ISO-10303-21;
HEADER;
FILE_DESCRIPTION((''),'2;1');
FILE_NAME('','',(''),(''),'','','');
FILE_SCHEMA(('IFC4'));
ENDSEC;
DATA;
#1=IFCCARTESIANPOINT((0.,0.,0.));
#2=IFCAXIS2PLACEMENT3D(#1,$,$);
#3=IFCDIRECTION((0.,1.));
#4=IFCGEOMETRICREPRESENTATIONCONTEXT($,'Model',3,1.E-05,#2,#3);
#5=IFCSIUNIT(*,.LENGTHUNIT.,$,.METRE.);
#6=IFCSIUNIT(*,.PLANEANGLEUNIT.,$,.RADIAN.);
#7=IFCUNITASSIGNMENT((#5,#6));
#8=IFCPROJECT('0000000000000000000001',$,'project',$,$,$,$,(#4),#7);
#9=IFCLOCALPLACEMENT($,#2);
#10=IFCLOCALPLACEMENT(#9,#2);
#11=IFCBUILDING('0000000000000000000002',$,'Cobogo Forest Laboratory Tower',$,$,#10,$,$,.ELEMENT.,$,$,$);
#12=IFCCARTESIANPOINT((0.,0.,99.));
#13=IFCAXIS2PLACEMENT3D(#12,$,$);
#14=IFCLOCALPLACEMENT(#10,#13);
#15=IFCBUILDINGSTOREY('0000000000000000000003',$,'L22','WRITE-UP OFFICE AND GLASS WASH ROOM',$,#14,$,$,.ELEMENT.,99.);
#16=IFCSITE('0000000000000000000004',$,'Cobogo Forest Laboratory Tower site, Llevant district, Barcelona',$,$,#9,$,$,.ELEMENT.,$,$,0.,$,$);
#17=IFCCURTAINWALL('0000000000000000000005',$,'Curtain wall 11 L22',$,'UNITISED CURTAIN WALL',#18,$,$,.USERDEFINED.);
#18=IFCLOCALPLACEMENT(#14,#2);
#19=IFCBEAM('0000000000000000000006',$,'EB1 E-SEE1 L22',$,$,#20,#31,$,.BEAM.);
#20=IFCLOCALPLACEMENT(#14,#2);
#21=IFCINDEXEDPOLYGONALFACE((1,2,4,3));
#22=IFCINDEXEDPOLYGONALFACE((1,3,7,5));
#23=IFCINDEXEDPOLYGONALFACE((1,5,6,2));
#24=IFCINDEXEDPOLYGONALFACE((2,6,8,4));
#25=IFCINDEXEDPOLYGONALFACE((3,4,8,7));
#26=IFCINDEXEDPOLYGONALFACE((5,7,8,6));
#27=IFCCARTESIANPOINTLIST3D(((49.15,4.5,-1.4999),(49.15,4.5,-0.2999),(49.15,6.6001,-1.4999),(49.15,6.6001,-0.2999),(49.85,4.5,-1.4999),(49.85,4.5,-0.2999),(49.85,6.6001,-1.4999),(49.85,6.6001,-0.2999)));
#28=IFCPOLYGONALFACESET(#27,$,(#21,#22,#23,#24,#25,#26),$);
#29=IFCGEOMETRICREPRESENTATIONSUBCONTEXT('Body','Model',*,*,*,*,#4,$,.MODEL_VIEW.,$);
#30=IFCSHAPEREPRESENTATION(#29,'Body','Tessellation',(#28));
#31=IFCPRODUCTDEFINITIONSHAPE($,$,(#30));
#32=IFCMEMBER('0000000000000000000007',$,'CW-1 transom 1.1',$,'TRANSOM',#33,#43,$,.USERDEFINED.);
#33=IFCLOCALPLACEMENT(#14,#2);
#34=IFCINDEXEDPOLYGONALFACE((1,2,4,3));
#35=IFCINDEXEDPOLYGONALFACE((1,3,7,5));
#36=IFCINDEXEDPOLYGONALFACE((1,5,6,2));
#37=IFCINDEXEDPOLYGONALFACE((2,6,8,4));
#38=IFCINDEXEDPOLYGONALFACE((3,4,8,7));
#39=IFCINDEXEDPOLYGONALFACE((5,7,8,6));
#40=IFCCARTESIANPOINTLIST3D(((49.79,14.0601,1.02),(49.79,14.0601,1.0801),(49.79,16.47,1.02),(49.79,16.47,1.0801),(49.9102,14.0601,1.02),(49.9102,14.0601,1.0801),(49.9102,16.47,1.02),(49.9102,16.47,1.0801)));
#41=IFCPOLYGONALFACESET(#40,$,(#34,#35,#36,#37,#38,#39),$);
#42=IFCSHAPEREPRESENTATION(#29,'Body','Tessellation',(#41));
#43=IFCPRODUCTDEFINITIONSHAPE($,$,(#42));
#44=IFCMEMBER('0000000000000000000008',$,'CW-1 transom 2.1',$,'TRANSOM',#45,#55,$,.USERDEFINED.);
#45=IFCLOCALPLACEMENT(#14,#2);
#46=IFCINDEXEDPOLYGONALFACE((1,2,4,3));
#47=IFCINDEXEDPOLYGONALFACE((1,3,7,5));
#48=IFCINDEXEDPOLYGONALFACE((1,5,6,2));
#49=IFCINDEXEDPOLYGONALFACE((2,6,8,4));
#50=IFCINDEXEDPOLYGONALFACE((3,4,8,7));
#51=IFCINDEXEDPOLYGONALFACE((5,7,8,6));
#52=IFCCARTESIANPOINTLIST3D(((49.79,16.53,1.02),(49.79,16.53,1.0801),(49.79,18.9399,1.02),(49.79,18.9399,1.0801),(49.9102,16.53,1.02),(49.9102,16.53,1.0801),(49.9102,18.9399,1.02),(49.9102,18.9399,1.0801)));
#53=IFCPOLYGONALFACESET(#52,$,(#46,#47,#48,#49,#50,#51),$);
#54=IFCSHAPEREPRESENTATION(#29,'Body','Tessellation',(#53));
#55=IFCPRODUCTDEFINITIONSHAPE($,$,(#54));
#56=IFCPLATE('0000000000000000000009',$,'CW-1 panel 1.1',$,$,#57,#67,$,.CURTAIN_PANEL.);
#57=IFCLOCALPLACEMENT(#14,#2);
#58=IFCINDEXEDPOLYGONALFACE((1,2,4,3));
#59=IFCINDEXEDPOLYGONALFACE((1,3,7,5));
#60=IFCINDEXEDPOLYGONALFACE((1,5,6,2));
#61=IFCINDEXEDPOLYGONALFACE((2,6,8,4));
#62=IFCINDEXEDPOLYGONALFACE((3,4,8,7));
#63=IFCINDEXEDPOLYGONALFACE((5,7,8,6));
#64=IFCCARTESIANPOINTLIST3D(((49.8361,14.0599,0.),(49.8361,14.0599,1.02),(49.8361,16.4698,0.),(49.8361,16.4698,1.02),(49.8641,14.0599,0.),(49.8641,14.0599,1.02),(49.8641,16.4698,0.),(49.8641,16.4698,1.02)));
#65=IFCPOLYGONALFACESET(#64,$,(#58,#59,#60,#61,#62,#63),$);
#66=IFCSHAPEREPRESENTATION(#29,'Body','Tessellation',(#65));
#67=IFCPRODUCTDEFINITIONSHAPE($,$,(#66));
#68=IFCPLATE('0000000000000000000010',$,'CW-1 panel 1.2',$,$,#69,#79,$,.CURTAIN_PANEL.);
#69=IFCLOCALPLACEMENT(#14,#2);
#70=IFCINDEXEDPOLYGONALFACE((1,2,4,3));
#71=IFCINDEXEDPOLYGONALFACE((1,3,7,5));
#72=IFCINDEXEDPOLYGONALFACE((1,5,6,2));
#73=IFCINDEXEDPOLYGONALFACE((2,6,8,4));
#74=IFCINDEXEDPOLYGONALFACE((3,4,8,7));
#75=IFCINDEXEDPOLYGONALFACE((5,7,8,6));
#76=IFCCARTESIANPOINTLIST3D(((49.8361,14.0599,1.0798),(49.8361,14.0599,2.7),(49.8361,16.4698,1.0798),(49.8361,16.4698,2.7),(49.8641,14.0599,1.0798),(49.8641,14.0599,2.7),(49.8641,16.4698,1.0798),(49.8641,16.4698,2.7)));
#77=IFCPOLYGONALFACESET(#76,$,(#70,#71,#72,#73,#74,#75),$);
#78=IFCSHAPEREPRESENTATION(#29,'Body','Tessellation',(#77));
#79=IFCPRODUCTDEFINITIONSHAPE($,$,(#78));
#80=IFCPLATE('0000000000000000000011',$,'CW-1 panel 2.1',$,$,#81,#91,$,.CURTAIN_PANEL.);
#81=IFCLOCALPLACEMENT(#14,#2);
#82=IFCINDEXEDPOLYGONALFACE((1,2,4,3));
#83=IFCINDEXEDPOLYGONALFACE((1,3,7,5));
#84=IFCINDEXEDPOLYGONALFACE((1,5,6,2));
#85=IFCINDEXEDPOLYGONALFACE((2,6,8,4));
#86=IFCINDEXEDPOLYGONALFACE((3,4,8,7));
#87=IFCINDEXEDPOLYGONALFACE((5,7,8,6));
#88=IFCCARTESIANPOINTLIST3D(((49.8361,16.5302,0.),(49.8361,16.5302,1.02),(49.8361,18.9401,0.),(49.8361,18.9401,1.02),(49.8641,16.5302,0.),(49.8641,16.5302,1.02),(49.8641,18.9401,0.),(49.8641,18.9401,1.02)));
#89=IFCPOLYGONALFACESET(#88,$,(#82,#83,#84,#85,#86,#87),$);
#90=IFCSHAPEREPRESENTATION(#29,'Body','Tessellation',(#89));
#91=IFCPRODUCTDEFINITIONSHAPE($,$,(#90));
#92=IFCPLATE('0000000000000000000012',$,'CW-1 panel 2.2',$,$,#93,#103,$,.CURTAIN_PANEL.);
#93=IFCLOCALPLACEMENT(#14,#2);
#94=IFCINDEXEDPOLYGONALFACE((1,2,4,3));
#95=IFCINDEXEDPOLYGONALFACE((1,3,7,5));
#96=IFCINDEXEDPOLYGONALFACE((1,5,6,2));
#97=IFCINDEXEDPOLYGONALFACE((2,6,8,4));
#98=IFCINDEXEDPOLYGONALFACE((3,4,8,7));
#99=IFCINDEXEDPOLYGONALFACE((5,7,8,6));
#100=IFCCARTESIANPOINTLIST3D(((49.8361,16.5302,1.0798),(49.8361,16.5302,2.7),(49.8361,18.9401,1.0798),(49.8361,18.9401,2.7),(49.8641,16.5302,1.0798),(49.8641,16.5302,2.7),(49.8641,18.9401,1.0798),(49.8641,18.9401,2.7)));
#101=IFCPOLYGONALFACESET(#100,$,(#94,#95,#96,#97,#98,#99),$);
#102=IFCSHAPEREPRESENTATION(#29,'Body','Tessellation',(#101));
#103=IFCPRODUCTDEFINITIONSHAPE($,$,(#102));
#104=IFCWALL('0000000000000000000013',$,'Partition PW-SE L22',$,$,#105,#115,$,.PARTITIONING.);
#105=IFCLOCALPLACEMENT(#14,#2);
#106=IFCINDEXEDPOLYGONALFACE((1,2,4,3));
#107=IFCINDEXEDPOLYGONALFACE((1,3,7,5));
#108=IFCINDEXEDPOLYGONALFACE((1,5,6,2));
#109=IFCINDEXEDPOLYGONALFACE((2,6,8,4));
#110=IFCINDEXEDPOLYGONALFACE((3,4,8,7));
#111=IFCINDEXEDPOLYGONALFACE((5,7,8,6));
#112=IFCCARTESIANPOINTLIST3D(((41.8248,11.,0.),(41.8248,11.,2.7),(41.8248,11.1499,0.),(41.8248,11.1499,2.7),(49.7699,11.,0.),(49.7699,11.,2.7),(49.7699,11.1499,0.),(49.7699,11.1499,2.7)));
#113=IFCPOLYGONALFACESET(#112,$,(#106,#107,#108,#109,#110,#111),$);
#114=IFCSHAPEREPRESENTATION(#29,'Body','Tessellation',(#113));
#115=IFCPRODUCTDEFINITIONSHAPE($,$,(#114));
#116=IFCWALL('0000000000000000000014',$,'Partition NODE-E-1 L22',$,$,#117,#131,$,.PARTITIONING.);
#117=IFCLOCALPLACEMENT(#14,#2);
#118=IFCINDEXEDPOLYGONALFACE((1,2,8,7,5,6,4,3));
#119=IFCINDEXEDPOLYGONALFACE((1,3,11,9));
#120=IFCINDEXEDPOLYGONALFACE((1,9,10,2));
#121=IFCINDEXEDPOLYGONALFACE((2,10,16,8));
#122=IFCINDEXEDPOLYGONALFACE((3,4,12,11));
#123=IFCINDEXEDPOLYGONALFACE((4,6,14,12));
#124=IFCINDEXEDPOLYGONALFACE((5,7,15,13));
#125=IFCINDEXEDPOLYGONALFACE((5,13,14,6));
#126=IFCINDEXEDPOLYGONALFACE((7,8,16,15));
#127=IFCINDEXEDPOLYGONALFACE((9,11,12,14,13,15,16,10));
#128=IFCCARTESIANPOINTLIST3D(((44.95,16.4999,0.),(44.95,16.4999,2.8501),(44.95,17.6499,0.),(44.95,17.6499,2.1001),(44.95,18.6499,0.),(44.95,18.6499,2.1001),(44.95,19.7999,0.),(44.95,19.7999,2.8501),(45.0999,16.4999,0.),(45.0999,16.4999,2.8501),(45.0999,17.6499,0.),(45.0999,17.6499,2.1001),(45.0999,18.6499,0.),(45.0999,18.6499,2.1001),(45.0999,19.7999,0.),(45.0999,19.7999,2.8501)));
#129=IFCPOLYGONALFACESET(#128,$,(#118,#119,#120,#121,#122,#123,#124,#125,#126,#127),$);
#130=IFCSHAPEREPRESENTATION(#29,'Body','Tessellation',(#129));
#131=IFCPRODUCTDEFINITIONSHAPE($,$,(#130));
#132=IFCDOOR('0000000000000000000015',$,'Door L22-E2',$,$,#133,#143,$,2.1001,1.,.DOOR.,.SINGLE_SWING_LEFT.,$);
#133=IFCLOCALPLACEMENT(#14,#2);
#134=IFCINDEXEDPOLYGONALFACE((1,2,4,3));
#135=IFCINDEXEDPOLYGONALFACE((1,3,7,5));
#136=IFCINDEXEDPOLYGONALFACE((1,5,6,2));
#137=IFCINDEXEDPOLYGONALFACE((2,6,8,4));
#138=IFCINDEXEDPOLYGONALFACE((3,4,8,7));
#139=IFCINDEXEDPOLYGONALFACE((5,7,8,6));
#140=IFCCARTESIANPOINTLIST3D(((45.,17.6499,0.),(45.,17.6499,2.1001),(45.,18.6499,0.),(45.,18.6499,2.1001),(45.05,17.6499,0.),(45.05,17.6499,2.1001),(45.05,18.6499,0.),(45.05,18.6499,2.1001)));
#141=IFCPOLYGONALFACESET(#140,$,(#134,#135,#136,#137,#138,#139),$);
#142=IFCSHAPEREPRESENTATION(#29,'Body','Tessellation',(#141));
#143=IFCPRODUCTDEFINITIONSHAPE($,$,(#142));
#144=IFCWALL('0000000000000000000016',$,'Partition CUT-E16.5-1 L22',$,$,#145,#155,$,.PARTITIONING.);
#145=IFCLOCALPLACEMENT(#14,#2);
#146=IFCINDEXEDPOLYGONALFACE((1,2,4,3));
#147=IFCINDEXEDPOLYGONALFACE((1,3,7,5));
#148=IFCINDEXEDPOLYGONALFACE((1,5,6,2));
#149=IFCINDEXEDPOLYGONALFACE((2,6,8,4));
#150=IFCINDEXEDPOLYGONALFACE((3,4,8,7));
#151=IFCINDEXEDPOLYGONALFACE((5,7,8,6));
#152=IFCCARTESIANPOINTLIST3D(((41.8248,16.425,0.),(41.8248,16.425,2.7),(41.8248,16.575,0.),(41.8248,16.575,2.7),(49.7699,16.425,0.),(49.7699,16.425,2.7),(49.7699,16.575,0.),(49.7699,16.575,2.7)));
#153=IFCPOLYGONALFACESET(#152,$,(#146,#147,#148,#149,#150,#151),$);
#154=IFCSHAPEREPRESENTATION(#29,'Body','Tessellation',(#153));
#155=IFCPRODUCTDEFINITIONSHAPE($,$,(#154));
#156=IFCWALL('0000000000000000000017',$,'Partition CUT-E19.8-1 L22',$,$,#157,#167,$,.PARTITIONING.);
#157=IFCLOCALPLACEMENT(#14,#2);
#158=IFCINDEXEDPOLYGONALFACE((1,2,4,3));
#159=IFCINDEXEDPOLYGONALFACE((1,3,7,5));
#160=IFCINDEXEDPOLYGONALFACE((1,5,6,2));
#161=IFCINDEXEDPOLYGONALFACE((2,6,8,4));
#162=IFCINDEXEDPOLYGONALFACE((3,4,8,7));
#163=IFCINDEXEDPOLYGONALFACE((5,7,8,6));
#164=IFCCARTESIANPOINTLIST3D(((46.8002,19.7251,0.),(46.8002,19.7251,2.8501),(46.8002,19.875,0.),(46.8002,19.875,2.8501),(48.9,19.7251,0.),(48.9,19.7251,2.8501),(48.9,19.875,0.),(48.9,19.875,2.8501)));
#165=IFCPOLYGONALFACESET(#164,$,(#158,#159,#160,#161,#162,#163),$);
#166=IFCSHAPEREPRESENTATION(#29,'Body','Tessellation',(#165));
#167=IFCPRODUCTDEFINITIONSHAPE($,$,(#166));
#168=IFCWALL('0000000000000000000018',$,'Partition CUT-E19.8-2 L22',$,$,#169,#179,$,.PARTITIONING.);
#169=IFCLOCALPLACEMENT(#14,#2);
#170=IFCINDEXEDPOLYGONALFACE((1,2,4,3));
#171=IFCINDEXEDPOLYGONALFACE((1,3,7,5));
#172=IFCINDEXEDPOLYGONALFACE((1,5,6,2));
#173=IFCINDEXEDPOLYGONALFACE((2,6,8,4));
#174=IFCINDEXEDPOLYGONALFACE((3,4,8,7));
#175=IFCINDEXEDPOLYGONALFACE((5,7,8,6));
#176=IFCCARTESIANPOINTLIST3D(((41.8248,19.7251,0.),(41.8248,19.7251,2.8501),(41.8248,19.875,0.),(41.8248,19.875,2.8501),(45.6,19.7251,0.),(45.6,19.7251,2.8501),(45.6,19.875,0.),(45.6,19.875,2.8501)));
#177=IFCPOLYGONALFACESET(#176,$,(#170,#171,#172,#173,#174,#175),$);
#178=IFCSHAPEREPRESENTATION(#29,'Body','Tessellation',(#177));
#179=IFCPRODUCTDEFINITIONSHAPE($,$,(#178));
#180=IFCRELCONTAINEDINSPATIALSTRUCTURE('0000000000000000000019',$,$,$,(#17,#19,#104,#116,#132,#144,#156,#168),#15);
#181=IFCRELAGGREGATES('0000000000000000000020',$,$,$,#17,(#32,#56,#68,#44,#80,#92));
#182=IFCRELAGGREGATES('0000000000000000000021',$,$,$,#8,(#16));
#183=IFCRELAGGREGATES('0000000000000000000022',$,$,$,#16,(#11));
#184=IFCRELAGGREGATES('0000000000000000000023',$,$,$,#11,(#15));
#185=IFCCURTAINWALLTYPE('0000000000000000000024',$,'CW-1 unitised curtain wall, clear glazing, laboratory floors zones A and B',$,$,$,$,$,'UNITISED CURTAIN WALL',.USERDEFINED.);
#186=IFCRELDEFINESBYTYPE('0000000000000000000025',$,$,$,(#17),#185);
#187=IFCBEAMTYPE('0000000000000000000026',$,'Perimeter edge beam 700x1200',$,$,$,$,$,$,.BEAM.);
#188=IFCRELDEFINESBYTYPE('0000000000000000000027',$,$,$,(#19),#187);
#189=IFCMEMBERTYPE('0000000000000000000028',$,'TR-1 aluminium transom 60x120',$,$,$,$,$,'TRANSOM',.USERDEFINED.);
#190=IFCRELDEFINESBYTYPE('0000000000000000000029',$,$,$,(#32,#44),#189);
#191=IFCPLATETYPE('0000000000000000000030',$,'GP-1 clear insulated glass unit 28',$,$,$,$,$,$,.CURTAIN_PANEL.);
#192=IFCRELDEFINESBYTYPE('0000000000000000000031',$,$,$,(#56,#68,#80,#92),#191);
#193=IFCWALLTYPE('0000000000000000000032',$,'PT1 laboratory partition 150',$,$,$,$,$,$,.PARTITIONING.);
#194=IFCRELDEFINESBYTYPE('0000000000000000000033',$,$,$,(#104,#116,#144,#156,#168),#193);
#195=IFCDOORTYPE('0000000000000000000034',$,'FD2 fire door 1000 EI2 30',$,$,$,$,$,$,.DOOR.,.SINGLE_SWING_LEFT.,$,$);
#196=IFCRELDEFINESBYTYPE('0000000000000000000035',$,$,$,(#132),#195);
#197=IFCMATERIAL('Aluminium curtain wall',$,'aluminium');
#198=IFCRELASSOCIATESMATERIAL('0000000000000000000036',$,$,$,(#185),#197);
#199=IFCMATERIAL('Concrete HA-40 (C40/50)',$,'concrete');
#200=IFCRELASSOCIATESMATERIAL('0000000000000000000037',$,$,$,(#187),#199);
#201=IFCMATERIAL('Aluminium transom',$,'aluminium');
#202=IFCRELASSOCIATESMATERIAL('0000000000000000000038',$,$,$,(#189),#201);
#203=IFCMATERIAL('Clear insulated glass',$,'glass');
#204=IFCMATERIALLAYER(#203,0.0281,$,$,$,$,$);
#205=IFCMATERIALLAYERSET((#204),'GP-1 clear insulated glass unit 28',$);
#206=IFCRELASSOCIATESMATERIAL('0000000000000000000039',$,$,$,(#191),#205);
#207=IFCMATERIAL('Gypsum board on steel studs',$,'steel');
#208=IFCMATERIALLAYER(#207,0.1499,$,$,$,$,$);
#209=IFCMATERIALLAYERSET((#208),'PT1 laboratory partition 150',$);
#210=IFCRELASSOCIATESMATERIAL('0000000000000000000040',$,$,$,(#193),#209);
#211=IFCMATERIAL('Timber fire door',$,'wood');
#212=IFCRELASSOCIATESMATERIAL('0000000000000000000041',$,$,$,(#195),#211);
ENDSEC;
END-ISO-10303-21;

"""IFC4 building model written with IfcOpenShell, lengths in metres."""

from ifc_helpers import new_model, si_unit, direction, frame, frame_2d, origin, origin_2d, place, context, subcontext, project, spatial, rectangle, extrude, material, layer, layer_set, material_profile, profile_set, type_object, element, fill, aggregate, save


model = new_model("IFC4")

# Units and contexts
model_context = context("Model", 3, precision=1e-05, world=origin(), true_north=direction((0.0, 1.0)))
body_context = subcontext(model_context, "Body", "Model", "MODEL_VIEW")
ifc_project = project(units=[si_unit("LENGTHUNIT", "METRE"), si_unit("PLANEANGLEUNIT", "RADIAN")], contexts=[model_context])

# Site, building, storey
site_placement = place(None, origin())
site = spatial("IfcSite", under=ifc_project, at=site_placement, Name="Cobogo Forest Laboratory Tower site, Llevant district, Barcelona", CompositionType="ELEMENT", RefElevation=0.0)
building_placement = place(site_placement, origin())
building = spatial("IfcBuilding", under=site, at=building_placement, Name="Cobogo Forest Laboratory Tower", CompositionType="ELEMENT")
storey_placement = place(building_placement, frame((0.0, 0.0, 99.0)))
storey = spatial("IfcBuildingStorey", under=building, at=storey_placement, Name="L22", Description="WRITE-UP OFFICE AND GLASS WASH ROOM", CompositionType="ELEMENT", Elevation=99.0)

# Shared definitions
ifc_material_1 = material(Name="Concrete HA-40 (C40/50)", Category="concrete")

# Curtain wall
ifc_material_2 = material(Name="Aluminium curtain wall", Category="aluminium")
curtain_wall_type = type_object("IfcCurtainWallType", Name="CW-1 unitised curtain wall, clear glazing, laboratory floors zones A and B", ElementType="UNITISED CURTAIN WALL", PredefinedType="USERDEFINED", material=ifc_material_2)
curtain_wall_1_placement = place(storey_placement, origin())
curtain_wall_1 = element("IfcCurtainWall", 1, at=curtain_wall_1_placement, inside=storey, type_object=curtain_wall_type, Name="Curtain wall 11 L22", ObjectType="UNITISED CURTAIN WALL", PredefinedType="USERDEFINED")

# Beam
ifc_material_profile_1 = material_profile(ifc_material_1, rectangle(XDim=0.7, YDim=1.2, at=origin_2d()), Name="RC 700x1200")
ifc_profile_set_1 = profile_set([ifc_material_profile_1], Name="Concrete HA-40 (C40/50)")
beam_type_1 = type_object("IfcBeamType", Name="Perimeter edge beam 700x1200", PredefinedType="BEAM", material=ifc_profile_set_1)
beam_1_placement = place(storey_placement, frame((49.5, 6.6001, -0.8999), z_axis=(0.0, -1.0, 0.0), x_axis=(1.0, 0.0, 0.0)))
element("IfcBeam", 2, at=beam_1_placement, inside=storey, type_object=beam_type_1, Name="EB1 E-SEE1 L22", PredefinedType="BEAM", context=body_context, shape_type="SweptSolid", body=[
    extrude(rectangle(XDim=0.7, YDim=1.2, at=origin_2d()), origin(), (0.0, 0.0, 1.0), 2.1001),
])

# Members
ifc_material_3 = material(Name="Aluminium transom", Category="aluminium")
ifc_material_profile_2 = material_profile(ifc_material_3, rectangle(XDim=0.1201, YDim=0.0601, at=origin_2d()), Name="AL 60x120")
ifc_profile_set_2 = profile_set([ifc_material_profile_2], Name="Aluminium transom")
member_type_1 = type_object("IfcMemberType", Name="TR-1 aluminium transom 60x120", ElementType="TRANSOM", PredefinedType="USERDEFINED", material=ifc_profile_set_2)
member_1_placement = place(storey_placement, frame((49.8501, 14.0601, 1.05), z_axis=(0.0, 1.0, 0.0), x_axis=(-1.0, 0.0, 0.0)))
member_1 = element("IfcMember", 3, at=member_1_placement, type_object=member_type_1, Name="CW-1 transom 1.1", ObjectType="TRANSOM", PredefinedType="USERDEFINED", context=body_context, shape_type="SweptSolid", body=[
    extrude(rectangle(XDim=0.1201, YDim=0.0601, at=origin_2d()), origin(), (0.0, 0.0, 1.0), 2.4099),
])
member_2_placement = place(storey_placement, frame((49.8501, 16.53, 1.05), z_axis=(0.0, 1.0, 0.0), x_axis=(-1.0, 0.0, 0.0)))
member_2 = element("IfcMember", 4, at=member_2_placement, type_object=member_type_1, Name="CW-1 transom 2.1", ObjectType="TRANSOM", PredefinedType="USERDEFINED", context=body_context, shape_type="SweptSolid", body=[
    extrude(rectangle(XDim=0.1201, YDim=0.0601, at=origin_2d()), origin(), (0.0, 0.0, 1.0), 2.4099),
])

# Plates
ifc_material_4 = material(Name="Clear insulated glass", Category="glass")
ifc_layer_1 = layer(ifc_material_4, 0.0281)
ifc_layer_set_1 = layer_set([ifc_layer_1], Name="GP-1 clear insulated glass unit 28")
plate_type_1 = type_object("IfcPlateType", Name="GP-1 clear insulated glass unit 28", PredefinedType="CURTAIN_PANEL", material=ifc_layer_set_1)
plate_1_placement = place(storey_placement, frame((49.8501, 15.2649, 0.0), z_axis=(0.0, 0.0, 1.0), x_axis=(0.0, 1.0, 0.0)))
plate_1 = element("IfcPlate", 5, at=plate_1_placement, type_object=plate_type_1, Name="CW-1 panel 1.1", PredefinedType="CURTAIN_PANEL", context=body_context, shape_type="SweptSolid", body=[
    extrude(rectangle(XDim=2.4099, YDim=0.0281, at=origin_2d()), origin(), (0.0, 0.0, 1.0), 1.02),
])
plate_2_placement = place(storey_placement, frame((49.8501, 15.2649, 1.0798), z_axis=(0.0, 0.0, 1.0), x_axis=(0.0, 1.0, 0.0)))
plate_2 = element("IfcPlate", 6, at=plate_2_placement, type_object=plate_type_1, Name="CW-1 panel 1.2", PredefinedType="CURTAIN_PANEL", context=body_context, shape_type="SweptSolid", body=[
    extrude(rectangle(XDim=2.4099, YDim=0.0281, at=origin_2d()), origin(), (0.0, 0.0, 1.0), 1.6201),
])
plate_3_placement = place(storey_placement, frame((49.8501, 17.7351, 0.0), z_axis=(0.0, 0.0, 1.0), x_axis=(0.0, 1.0, 0.0)))
plate_3 = element("IfcPlate", 7, at=plate_3_placement, type_object=plate_type_1, Name="CW-1 panel 2.1", PredefinedType="CURTAIN_PANEL", context=body_context, shape_type="SweptSolid", body=[
    extrude(rectangle(XDim=2.4099, YDim=0.0281, at=origin_2d()), origin(), (0.0, 0.0, 1.0), 1.02),
])
plate_4_placement = place(storey_placement, frame((49.8501, 17.7351, 1.0798), z_axis=(0.0, 0.0, 1.0), x_axis=(0.0, 1.0, 0.0)))
plate_4 = element("IfcPlate", 8, at=plate_4_placement, type_object=plate_type_1, Name="CW-1 panel 2.2", PredefinedType="CURTAIN_PANEL", context=body_context, shape_type="SweptSolid", body=[
    extrude(rectangle(XDim=2.4099, YDim=0.0281, at=origin_2d()), origin(), (0.0, 0.0, 1.0), 1.6201),
])
aggregate(curtain_wall_1, [member_1, plate_1, plate_2, member_2, plate_3, plate_4])

# Wall
ifc_material_5 = material(Name="Gypsum board on steel studs", Category="steel")
ifc_layer_2 = layer(ifc_material_5, 0.1499)
ifc_layer_set_2 = layer_set([ifc_layer_2], Name="PT1 laboratory partition 150")
wall_type_1 = type_object("IfcWallType", Name="PT1 laboratory partition 150", PredefinedType="PARTITIONING", material=ifc_layer_set_2)
wall_1_placement = place(storey_placement, frame((49.77, 11.075, 0.0), z_axis=(0.0, 0.0, 1.0), x_axis=(-1.0, 0.0, 0.0)))
element("IfcWall", 9, at=wall_1_placement, inside=storey, type_object=wall_type_1, Name="Partition PW-SE L22", PredefinedType="PARTITIONING", context=body_context, shape_type="SweptSolid", body=[
    extrude(rectangle(XDim=7.9451, YDim=0.1499, at=frame_2d((3.9727, 0.0))), origin(), (0.0, 0.0, 1.0), 2.7),
])

# Wall, opening, door
wall_2_placement = place(storey_placement, frame((45.0249, 16.5, 0.0), z_axis=(0.0, 0.0, 1.0), x_axis=(0.0, 1.0, 0.0)))
wall_2 = element("IfcWall", 10, at=wall_2_placement, inside=storey, type_object=wall_type_1, Name="Partition NODE-E-1 L22", PredefinedType="PARTITIONING", context=body_context, shape_type="SweptSolid", body=[
    extrude(rectangle(XDim=3.3, YDim=0.1499, at=frame_2d((1.6499, 0.0))), origin(), (0.0, 0.0, 1.0), 2.8501),
])
opening_1_placement = place(wall_2_placement, frame((1.1499, 0.0, 0.0)))
opening_1 = element("IfcOpeningElement", 11, at=opening_1_placement, cuts=wall_2, PredefinedType="OPENING", context=body_context, shape_type="SweptSolid", body=[
    extrude(rectangle(XDim=1.0, YDim=2.1001, at=frame_2d((0.5, 1.05))), frame((0.0, 0.085, 0.0), z_axis=(0.0, -1.0, 0.0), x_axis=(1.0, 0.0, 0.0)), (0.0, 0.0, 1.0), 0.1699),
])
ifc_material_6 = material(Name="Timber fire door", Category="wood")
door_type_1 = type_object("IfcDoorType", Name="FD2 fire door 1000 EI2 30", OperationType="SINGLE_SWING_LEFT", PredefinedType="DOOR", material=ifc_material_6)
door_1_placement = place(opening_1_placement, origin())
door_1 = element("IfcDoor", 12, at=door_1_placement, inside=storey, type_object=door_type_1, Name="Door L22-E2", OperationType="SINGLE_SWING_LEFT", OverallHeight=2.1001, OverallWidth=1.0, PredefinedType="DOOR", context=body_context, shape_type="SweptSolid", body=[
    extrude(rectangle(XDim=1.0, YDim=2.1001, at=frame_2d((0.5, 1.05))), frame((0.0, 0.0249, 0.0), z_axis=(0.0, -1.0, 0.0), x_axis=(1.0, 0.0, 0.0)), (0.0, 0.0, 1.0), 0.05),
])
fill(opening_1, door_1)

# Walls
wall_3_placement = place(storey_placement, frame((49.77, 16.5, 0.0), z_axis=(0.0, 0.0, 1.0), x_axis=(-1.0, 0.0, 0.0)))
element("IfcWall", 13, at=wall_3_placement, inside=storey, type_object=wall_type_1, Name="Partition CUT-E16.5-1 L22", PredefinedType="PARTITIONING", context=body_context, shape_type="SweptSolid", body=[
    extrude(rectangle(XDim=7.9451, YDim=0.1499, at=frame_2d((3.9727, 0.0))), origin(), (0.0, 0.0, 1.0), 2.7),
])
wall_4_placement = place(storey_placement, frame((48.8999, 19.8, 0.0), z_axis=(0.0, 0.0, 1.0), x_axis=(-1.0, 0.0, 0.0)))
element("IfcWall", 14, at=wall_4_placement, inside=storey, type_object=wall_type_1, Name="Partition CUT-E19.8-1 L22", PredefinedType="PARTITIONING", context=body_context, shape_type="SweptSolid", body=[
    extrude(rectangle(XDim=2.0999, YDim=0.1499, at=frame_2d((1.0498, 0.0))), origin(), (0.0, 0.0, 1.0), 2.8501),
])
wall_5_placement = place(storey_placement, frame((45.6001, 19.8, 0.0), z_axis=(0.0, 0.0, 1.0), x_axis=(-1.0, 0.0, 0.0)))
element("IfcWall", 15, at=wall_5_placement, inside=storey, type_object=wall_type_1, Name="Partition CUT-E19.8-2 L22", PredefinedType="PARTITIONING", context=body_context, shape_type="SweptSolid", body=[
    extrude(rectangle(XDim=3.7751, YDim=0.1499, at=frame_2d((1.8877, 0.0))), origin(), (0.0, 0.0, 1.0), 2.8501),
])

save(model, "model.ifc")
